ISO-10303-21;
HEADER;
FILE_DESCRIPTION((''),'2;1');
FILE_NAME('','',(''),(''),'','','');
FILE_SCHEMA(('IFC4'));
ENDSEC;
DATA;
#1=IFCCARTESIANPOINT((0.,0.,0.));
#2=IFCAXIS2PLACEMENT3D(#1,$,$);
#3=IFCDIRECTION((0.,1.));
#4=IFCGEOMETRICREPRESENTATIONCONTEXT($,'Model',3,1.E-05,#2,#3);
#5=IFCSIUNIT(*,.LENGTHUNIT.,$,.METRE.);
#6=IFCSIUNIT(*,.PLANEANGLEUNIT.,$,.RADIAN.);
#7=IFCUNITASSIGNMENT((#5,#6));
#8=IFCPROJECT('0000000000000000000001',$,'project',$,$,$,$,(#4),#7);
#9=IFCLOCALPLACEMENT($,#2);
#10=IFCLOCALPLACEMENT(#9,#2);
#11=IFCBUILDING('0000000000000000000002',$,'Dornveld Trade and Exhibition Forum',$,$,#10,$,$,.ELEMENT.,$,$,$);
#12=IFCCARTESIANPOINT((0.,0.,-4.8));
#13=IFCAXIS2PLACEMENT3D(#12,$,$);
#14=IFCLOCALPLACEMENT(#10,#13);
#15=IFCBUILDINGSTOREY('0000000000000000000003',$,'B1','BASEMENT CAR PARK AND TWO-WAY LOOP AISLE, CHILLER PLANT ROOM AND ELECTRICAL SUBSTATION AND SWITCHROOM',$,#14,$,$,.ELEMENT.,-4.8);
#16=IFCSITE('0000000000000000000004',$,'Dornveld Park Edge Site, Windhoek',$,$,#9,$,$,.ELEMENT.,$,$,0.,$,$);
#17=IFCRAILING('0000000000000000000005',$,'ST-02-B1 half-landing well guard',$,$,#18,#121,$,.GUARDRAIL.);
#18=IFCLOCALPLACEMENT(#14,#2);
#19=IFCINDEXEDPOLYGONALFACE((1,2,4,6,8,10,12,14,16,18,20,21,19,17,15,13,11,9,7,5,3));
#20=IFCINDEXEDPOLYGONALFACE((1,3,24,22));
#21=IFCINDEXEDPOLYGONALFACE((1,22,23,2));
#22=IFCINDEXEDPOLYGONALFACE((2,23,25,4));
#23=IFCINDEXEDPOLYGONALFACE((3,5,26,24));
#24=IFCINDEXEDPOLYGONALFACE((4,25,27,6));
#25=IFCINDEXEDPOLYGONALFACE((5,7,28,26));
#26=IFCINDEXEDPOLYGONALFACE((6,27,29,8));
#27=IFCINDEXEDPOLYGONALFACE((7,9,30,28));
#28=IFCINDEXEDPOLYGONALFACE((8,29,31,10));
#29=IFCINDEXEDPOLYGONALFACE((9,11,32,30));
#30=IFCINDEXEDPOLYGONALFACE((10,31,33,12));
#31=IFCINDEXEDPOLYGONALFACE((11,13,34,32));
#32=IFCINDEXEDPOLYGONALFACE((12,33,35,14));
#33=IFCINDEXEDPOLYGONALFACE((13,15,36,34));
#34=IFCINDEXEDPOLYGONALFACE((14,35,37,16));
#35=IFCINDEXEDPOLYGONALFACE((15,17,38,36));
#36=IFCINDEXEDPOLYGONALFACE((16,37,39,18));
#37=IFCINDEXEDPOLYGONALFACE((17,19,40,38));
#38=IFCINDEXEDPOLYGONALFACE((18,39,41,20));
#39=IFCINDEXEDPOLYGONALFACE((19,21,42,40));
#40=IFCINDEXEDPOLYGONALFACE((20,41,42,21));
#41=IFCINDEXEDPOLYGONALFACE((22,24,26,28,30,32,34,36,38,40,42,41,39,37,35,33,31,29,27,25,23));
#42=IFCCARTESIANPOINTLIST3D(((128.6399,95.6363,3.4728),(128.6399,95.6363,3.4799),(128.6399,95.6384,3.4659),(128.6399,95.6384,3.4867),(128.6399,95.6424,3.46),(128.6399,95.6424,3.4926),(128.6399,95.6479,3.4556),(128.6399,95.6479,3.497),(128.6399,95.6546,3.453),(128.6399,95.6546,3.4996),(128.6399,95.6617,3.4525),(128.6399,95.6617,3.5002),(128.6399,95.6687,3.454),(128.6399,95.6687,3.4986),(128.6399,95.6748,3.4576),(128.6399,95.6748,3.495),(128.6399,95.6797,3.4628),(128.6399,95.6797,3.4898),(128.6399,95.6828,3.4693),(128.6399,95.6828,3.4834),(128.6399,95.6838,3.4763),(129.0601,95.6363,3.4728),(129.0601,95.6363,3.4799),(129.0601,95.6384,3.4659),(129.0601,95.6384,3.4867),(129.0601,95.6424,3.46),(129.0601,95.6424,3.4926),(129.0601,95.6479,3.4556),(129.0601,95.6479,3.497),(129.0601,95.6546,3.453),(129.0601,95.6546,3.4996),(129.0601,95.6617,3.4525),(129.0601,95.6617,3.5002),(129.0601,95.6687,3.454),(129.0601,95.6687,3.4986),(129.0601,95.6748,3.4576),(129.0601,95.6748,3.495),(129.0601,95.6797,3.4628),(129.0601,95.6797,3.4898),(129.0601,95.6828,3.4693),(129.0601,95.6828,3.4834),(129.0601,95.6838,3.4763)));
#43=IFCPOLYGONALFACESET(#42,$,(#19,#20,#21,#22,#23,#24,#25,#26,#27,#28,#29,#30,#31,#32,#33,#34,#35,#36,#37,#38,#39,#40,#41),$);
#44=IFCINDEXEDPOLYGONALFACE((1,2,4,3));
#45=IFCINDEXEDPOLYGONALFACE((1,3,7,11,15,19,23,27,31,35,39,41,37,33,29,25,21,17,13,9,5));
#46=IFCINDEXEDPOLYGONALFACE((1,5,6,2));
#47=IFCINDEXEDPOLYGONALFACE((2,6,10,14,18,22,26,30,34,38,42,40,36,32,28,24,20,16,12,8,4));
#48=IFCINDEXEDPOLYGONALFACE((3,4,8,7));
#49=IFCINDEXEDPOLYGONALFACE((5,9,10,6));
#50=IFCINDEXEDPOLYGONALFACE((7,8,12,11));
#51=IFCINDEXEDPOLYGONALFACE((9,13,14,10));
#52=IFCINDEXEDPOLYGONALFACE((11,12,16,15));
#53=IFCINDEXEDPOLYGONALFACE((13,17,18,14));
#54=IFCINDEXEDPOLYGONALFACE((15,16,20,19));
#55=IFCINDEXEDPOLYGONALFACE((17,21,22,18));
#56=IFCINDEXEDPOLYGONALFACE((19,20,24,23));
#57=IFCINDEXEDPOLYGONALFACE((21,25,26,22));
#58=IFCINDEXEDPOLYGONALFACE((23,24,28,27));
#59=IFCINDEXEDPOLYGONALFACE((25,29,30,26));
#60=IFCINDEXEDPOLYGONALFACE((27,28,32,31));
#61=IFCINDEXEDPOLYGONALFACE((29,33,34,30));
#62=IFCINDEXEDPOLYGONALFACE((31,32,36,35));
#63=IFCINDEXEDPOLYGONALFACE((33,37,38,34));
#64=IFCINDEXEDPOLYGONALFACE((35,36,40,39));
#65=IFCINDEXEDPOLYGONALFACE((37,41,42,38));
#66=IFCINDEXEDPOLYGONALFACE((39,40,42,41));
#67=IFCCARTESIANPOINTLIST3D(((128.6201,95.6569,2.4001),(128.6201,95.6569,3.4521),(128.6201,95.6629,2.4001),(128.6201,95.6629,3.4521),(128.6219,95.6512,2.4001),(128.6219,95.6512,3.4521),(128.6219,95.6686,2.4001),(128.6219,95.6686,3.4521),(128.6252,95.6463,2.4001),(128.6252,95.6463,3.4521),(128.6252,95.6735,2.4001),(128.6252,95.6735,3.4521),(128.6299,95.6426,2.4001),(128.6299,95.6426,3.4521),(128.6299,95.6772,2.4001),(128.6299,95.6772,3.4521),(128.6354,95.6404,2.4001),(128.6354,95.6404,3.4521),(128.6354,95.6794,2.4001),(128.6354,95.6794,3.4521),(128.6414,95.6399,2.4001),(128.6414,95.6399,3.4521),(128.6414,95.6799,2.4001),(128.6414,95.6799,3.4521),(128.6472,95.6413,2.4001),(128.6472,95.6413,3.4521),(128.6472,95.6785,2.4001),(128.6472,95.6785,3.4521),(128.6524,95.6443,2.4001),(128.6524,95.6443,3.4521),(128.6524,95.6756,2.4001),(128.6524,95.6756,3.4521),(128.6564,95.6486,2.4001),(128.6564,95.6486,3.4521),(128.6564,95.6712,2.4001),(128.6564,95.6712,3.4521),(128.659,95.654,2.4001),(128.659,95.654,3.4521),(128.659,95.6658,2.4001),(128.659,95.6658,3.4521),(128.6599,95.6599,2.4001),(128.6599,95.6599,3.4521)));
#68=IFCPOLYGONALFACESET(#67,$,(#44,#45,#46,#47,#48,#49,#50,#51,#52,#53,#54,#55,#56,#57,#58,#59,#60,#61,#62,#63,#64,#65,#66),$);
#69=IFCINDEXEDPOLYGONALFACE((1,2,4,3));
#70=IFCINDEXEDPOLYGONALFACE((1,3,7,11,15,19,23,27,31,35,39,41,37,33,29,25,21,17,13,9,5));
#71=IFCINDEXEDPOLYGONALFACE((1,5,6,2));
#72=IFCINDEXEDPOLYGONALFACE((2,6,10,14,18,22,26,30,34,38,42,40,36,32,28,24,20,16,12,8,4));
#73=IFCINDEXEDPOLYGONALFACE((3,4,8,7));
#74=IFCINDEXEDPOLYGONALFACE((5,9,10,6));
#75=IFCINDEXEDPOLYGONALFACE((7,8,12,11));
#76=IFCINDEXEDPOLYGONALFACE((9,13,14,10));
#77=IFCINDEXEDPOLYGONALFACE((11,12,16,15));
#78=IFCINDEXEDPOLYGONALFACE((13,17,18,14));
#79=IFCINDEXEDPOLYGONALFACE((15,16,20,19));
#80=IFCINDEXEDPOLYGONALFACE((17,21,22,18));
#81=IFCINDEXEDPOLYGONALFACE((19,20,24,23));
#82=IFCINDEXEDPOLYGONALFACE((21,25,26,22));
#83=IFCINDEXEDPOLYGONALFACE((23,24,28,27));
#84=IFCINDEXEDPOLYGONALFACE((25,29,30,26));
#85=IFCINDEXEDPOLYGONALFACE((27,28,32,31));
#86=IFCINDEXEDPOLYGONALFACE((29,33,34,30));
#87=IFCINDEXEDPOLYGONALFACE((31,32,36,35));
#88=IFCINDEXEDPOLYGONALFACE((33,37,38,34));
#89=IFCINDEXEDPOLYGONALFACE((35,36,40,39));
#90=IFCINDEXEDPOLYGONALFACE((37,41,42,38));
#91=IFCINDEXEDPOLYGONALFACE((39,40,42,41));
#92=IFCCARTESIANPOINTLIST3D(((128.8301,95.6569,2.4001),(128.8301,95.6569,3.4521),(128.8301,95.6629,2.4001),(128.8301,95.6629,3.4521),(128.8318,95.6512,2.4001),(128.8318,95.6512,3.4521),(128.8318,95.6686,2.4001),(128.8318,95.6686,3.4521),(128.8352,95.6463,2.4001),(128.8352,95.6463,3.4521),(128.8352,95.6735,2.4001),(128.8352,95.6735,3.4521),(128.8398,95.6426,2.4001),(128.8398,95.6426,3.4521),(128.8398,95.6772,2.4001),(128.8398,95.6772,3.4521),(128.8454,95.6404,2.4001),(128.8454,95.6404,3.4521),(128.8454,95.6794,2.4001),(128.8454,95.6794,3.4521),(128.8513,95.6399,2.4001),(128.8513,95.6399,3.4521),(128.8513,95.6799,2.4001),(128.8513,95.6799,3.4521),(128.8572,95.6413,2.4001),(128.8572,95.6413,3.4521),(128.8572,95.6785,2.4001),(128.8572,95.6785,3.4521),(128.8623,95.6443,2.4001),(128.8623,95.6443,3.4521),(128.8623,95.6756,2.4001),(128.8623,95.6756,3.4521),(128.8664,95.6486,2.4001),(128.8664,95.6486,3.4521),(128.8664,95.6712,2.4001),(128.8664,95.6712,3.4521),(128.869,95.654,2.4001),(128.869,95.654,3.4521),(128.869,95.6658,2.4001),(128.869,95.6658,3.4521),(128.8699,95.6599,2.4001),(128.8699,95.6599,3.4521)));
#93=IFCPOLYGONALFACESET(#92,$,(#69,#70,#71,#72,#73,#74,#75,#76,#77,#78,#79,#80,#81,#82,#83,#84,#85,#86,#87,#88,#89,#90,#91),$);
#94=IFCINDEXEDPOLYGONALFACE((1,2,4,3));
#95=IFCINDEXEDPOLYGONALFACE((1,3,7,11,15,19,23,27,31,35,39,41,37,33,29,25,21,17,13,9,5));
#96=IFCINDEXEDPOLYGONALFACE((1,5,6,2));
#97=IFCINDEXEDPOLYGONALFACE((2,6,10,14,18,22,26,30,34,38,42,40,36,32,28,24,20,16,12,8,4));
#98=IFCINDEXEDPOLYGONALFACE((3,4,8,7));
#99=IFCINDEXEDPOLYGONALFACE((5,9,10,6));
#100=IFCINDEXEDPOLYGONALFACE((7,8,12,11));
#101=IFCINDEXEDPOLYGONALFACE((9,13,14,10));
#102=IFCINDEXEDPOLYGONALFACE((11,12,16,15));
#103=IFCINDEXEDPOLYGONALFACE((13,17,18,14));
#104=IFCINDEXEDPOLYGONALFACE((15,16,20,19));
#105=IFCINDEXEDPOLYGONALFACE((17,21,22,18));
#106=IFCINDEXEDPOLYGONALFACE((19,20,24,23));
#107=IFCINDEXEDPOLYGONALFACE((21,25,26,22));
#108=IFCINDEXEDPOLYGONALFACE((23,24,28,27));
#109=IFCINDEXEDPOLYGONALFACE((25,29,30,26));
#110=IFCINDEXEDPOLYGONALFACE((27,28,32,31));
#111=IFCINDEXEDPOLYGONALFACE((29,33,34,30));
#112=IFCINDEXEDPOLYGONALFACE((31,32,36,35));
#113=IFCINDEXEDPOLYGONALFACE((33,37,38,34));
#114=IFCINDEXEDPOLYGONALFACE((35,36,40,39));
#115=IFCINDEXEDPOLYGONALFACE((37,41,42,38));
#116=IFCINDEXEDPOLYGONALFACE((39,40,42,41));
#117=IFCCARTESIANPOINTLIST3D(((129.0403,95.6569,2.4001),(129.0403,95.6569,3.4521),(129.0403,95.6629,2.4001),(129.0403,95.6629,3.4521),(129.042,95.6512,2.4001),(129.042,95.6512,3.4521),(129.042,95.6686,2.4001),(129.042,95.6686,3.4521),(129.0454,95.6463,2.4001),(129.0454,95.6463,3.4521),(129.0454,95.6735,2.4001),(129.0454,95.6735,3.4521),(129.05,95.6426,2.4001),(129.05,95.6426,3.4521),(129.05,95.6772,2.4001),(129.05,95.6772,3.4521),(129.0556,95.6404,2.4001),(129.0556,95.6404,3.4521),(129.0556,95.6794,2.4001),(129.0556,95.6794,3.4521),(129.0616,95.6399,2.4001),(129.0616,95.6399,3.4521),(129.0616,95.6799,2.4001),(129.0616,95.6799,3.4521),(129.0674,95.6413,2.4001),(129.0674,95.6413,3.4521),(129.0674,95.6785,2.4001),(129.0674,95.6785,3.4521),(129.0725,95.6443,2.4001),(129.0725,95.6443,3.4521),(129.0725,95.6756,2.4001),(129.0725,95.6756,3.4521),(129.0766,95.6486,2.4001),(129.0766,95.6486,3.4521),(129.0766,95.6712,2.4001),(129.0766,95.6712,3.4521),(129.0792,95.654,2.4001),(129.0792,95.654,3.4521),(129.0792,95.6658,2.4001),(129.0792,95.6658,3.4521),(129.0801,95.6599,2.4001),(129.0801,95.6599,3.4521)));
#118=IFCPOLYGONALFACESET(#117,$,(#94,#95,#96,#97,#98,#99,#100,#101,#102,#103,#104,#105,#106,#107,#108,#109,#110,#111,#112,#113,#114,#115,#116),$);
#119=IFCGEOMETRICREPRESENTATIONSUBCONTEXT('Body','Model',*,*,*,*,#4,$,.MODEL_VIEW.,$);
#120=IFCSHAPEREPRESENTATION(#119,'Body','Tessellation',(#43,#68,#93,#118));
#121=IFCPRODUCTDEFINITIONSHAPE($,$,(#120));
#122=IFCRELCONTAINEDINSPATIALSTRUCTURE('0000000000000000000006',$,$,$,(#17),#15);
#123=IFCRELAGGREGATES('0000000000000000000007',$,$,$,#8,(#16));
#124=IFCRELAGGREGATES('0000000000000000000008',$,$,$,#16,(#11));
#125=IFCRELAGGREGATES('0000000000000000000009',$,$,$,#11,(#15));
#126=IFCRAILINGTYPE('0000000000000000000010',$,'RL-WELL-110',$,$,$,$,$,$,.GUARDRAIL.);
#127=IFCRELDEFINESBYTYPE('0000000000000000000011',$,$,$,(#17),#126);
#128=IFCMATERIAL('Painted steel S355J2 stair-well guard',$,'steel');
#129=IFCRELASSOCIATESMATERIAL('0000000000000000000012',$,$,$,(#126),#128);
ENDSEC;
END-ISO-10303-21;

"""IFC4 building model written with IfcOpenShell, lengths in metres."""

from ifc_helpers import new_model, si_unit, direction, frame, origin, origin_2d, place, context, subcontext, project, spatial, circle, extrude, material, type_object, element, save


model = new_model("IFC4")

# Units and contexts
model_context = context("Model", 3, precision=1e-05, world=origin(), true_north=direction((0.0, 1.0)))
body_context = subcontext(model_context, "Body", "Model", "MODEL_VIEW")
ifc_project = project(units=[si_unit("LENGTHUNIT", "METRE"), si_unit("PLANEANGLEUNIT", "RADIAN")], contexts=[model_context])

# Site, building, storey
site_placement = place(None, origin())
site = spatial("IfcSite", under=ifc_project, at=site_placement, Name="Dornveld Park Edge Site, Windhoek", CompositionType="ELEMENT", RefElevation=0.0)
building_placement = place(site_placement, origin())
building = spatial("IfcBuilding", under=site, at=building_placement, Name="Dornveld Trade and Exhibition Forum", CompositionType="ELEMENT")
storey_placement = place(building_placement, frame((0.0, 0.0, -4.8)))
storey = spatial("IfcBuildingStorey", under=building, at=storey_placement, Name="B1", Description="BASEMENT CAR PARK AND TWO-WAY LOOP AISLE, CHILLER PLANT ROOM AND ELECTRICAL SUBSTATION AND SWITCHROOM", CompositionType="ELEMENT", Elevation=-4.8)

# Railing
ifc_material_1 = material(Name="Painted steel S355J2 stair-well guard", Category="steel")
railing_type_1 = type_object("IfcRailingType", Name="RL-WELL-110", PredefinedType="GUARDRAIL", material=ifc_material_1)
railing_1_placement = place(storey_placement, frame((128.6399, 95.6599, 2.4001)))
element("IfcRailing", 1, at=railing_1_placement, inside=storey, type_object=railing_type_1, Name="ST-02-B1 half-landing well guard", PredefinedType="GUARDRAIL", context=body_context, shape_type="SweptSolid", body=[
    extrude(circle(Radius=0.0239, at=origin_2d()), frame((0.0, 0.0, 1.0762), z_axis=(1.0, 0.0, 0.0), x_axis=(0.0, 1.0, 0.0)), (0.0, 0.0, 1.0), 0.4202),
    extrude(circle(Radius=0.02, at=origin_2d()), origin(), (0.0, 0.0, 1.0), 1.052),
    extrude(circle(Radius=0.02, at=origin_2d()), frame((0.21, 0.0, 0.0)), (0.0, 0.0, 1.0), 1.052),
    extrude(circle(Radius=0.02, at=origin_2d()), frame((0.4202, 0.0, 0.0)), (0.0, 0.0, 1.0), 1.052),
])

save(model, "model.ifc")
